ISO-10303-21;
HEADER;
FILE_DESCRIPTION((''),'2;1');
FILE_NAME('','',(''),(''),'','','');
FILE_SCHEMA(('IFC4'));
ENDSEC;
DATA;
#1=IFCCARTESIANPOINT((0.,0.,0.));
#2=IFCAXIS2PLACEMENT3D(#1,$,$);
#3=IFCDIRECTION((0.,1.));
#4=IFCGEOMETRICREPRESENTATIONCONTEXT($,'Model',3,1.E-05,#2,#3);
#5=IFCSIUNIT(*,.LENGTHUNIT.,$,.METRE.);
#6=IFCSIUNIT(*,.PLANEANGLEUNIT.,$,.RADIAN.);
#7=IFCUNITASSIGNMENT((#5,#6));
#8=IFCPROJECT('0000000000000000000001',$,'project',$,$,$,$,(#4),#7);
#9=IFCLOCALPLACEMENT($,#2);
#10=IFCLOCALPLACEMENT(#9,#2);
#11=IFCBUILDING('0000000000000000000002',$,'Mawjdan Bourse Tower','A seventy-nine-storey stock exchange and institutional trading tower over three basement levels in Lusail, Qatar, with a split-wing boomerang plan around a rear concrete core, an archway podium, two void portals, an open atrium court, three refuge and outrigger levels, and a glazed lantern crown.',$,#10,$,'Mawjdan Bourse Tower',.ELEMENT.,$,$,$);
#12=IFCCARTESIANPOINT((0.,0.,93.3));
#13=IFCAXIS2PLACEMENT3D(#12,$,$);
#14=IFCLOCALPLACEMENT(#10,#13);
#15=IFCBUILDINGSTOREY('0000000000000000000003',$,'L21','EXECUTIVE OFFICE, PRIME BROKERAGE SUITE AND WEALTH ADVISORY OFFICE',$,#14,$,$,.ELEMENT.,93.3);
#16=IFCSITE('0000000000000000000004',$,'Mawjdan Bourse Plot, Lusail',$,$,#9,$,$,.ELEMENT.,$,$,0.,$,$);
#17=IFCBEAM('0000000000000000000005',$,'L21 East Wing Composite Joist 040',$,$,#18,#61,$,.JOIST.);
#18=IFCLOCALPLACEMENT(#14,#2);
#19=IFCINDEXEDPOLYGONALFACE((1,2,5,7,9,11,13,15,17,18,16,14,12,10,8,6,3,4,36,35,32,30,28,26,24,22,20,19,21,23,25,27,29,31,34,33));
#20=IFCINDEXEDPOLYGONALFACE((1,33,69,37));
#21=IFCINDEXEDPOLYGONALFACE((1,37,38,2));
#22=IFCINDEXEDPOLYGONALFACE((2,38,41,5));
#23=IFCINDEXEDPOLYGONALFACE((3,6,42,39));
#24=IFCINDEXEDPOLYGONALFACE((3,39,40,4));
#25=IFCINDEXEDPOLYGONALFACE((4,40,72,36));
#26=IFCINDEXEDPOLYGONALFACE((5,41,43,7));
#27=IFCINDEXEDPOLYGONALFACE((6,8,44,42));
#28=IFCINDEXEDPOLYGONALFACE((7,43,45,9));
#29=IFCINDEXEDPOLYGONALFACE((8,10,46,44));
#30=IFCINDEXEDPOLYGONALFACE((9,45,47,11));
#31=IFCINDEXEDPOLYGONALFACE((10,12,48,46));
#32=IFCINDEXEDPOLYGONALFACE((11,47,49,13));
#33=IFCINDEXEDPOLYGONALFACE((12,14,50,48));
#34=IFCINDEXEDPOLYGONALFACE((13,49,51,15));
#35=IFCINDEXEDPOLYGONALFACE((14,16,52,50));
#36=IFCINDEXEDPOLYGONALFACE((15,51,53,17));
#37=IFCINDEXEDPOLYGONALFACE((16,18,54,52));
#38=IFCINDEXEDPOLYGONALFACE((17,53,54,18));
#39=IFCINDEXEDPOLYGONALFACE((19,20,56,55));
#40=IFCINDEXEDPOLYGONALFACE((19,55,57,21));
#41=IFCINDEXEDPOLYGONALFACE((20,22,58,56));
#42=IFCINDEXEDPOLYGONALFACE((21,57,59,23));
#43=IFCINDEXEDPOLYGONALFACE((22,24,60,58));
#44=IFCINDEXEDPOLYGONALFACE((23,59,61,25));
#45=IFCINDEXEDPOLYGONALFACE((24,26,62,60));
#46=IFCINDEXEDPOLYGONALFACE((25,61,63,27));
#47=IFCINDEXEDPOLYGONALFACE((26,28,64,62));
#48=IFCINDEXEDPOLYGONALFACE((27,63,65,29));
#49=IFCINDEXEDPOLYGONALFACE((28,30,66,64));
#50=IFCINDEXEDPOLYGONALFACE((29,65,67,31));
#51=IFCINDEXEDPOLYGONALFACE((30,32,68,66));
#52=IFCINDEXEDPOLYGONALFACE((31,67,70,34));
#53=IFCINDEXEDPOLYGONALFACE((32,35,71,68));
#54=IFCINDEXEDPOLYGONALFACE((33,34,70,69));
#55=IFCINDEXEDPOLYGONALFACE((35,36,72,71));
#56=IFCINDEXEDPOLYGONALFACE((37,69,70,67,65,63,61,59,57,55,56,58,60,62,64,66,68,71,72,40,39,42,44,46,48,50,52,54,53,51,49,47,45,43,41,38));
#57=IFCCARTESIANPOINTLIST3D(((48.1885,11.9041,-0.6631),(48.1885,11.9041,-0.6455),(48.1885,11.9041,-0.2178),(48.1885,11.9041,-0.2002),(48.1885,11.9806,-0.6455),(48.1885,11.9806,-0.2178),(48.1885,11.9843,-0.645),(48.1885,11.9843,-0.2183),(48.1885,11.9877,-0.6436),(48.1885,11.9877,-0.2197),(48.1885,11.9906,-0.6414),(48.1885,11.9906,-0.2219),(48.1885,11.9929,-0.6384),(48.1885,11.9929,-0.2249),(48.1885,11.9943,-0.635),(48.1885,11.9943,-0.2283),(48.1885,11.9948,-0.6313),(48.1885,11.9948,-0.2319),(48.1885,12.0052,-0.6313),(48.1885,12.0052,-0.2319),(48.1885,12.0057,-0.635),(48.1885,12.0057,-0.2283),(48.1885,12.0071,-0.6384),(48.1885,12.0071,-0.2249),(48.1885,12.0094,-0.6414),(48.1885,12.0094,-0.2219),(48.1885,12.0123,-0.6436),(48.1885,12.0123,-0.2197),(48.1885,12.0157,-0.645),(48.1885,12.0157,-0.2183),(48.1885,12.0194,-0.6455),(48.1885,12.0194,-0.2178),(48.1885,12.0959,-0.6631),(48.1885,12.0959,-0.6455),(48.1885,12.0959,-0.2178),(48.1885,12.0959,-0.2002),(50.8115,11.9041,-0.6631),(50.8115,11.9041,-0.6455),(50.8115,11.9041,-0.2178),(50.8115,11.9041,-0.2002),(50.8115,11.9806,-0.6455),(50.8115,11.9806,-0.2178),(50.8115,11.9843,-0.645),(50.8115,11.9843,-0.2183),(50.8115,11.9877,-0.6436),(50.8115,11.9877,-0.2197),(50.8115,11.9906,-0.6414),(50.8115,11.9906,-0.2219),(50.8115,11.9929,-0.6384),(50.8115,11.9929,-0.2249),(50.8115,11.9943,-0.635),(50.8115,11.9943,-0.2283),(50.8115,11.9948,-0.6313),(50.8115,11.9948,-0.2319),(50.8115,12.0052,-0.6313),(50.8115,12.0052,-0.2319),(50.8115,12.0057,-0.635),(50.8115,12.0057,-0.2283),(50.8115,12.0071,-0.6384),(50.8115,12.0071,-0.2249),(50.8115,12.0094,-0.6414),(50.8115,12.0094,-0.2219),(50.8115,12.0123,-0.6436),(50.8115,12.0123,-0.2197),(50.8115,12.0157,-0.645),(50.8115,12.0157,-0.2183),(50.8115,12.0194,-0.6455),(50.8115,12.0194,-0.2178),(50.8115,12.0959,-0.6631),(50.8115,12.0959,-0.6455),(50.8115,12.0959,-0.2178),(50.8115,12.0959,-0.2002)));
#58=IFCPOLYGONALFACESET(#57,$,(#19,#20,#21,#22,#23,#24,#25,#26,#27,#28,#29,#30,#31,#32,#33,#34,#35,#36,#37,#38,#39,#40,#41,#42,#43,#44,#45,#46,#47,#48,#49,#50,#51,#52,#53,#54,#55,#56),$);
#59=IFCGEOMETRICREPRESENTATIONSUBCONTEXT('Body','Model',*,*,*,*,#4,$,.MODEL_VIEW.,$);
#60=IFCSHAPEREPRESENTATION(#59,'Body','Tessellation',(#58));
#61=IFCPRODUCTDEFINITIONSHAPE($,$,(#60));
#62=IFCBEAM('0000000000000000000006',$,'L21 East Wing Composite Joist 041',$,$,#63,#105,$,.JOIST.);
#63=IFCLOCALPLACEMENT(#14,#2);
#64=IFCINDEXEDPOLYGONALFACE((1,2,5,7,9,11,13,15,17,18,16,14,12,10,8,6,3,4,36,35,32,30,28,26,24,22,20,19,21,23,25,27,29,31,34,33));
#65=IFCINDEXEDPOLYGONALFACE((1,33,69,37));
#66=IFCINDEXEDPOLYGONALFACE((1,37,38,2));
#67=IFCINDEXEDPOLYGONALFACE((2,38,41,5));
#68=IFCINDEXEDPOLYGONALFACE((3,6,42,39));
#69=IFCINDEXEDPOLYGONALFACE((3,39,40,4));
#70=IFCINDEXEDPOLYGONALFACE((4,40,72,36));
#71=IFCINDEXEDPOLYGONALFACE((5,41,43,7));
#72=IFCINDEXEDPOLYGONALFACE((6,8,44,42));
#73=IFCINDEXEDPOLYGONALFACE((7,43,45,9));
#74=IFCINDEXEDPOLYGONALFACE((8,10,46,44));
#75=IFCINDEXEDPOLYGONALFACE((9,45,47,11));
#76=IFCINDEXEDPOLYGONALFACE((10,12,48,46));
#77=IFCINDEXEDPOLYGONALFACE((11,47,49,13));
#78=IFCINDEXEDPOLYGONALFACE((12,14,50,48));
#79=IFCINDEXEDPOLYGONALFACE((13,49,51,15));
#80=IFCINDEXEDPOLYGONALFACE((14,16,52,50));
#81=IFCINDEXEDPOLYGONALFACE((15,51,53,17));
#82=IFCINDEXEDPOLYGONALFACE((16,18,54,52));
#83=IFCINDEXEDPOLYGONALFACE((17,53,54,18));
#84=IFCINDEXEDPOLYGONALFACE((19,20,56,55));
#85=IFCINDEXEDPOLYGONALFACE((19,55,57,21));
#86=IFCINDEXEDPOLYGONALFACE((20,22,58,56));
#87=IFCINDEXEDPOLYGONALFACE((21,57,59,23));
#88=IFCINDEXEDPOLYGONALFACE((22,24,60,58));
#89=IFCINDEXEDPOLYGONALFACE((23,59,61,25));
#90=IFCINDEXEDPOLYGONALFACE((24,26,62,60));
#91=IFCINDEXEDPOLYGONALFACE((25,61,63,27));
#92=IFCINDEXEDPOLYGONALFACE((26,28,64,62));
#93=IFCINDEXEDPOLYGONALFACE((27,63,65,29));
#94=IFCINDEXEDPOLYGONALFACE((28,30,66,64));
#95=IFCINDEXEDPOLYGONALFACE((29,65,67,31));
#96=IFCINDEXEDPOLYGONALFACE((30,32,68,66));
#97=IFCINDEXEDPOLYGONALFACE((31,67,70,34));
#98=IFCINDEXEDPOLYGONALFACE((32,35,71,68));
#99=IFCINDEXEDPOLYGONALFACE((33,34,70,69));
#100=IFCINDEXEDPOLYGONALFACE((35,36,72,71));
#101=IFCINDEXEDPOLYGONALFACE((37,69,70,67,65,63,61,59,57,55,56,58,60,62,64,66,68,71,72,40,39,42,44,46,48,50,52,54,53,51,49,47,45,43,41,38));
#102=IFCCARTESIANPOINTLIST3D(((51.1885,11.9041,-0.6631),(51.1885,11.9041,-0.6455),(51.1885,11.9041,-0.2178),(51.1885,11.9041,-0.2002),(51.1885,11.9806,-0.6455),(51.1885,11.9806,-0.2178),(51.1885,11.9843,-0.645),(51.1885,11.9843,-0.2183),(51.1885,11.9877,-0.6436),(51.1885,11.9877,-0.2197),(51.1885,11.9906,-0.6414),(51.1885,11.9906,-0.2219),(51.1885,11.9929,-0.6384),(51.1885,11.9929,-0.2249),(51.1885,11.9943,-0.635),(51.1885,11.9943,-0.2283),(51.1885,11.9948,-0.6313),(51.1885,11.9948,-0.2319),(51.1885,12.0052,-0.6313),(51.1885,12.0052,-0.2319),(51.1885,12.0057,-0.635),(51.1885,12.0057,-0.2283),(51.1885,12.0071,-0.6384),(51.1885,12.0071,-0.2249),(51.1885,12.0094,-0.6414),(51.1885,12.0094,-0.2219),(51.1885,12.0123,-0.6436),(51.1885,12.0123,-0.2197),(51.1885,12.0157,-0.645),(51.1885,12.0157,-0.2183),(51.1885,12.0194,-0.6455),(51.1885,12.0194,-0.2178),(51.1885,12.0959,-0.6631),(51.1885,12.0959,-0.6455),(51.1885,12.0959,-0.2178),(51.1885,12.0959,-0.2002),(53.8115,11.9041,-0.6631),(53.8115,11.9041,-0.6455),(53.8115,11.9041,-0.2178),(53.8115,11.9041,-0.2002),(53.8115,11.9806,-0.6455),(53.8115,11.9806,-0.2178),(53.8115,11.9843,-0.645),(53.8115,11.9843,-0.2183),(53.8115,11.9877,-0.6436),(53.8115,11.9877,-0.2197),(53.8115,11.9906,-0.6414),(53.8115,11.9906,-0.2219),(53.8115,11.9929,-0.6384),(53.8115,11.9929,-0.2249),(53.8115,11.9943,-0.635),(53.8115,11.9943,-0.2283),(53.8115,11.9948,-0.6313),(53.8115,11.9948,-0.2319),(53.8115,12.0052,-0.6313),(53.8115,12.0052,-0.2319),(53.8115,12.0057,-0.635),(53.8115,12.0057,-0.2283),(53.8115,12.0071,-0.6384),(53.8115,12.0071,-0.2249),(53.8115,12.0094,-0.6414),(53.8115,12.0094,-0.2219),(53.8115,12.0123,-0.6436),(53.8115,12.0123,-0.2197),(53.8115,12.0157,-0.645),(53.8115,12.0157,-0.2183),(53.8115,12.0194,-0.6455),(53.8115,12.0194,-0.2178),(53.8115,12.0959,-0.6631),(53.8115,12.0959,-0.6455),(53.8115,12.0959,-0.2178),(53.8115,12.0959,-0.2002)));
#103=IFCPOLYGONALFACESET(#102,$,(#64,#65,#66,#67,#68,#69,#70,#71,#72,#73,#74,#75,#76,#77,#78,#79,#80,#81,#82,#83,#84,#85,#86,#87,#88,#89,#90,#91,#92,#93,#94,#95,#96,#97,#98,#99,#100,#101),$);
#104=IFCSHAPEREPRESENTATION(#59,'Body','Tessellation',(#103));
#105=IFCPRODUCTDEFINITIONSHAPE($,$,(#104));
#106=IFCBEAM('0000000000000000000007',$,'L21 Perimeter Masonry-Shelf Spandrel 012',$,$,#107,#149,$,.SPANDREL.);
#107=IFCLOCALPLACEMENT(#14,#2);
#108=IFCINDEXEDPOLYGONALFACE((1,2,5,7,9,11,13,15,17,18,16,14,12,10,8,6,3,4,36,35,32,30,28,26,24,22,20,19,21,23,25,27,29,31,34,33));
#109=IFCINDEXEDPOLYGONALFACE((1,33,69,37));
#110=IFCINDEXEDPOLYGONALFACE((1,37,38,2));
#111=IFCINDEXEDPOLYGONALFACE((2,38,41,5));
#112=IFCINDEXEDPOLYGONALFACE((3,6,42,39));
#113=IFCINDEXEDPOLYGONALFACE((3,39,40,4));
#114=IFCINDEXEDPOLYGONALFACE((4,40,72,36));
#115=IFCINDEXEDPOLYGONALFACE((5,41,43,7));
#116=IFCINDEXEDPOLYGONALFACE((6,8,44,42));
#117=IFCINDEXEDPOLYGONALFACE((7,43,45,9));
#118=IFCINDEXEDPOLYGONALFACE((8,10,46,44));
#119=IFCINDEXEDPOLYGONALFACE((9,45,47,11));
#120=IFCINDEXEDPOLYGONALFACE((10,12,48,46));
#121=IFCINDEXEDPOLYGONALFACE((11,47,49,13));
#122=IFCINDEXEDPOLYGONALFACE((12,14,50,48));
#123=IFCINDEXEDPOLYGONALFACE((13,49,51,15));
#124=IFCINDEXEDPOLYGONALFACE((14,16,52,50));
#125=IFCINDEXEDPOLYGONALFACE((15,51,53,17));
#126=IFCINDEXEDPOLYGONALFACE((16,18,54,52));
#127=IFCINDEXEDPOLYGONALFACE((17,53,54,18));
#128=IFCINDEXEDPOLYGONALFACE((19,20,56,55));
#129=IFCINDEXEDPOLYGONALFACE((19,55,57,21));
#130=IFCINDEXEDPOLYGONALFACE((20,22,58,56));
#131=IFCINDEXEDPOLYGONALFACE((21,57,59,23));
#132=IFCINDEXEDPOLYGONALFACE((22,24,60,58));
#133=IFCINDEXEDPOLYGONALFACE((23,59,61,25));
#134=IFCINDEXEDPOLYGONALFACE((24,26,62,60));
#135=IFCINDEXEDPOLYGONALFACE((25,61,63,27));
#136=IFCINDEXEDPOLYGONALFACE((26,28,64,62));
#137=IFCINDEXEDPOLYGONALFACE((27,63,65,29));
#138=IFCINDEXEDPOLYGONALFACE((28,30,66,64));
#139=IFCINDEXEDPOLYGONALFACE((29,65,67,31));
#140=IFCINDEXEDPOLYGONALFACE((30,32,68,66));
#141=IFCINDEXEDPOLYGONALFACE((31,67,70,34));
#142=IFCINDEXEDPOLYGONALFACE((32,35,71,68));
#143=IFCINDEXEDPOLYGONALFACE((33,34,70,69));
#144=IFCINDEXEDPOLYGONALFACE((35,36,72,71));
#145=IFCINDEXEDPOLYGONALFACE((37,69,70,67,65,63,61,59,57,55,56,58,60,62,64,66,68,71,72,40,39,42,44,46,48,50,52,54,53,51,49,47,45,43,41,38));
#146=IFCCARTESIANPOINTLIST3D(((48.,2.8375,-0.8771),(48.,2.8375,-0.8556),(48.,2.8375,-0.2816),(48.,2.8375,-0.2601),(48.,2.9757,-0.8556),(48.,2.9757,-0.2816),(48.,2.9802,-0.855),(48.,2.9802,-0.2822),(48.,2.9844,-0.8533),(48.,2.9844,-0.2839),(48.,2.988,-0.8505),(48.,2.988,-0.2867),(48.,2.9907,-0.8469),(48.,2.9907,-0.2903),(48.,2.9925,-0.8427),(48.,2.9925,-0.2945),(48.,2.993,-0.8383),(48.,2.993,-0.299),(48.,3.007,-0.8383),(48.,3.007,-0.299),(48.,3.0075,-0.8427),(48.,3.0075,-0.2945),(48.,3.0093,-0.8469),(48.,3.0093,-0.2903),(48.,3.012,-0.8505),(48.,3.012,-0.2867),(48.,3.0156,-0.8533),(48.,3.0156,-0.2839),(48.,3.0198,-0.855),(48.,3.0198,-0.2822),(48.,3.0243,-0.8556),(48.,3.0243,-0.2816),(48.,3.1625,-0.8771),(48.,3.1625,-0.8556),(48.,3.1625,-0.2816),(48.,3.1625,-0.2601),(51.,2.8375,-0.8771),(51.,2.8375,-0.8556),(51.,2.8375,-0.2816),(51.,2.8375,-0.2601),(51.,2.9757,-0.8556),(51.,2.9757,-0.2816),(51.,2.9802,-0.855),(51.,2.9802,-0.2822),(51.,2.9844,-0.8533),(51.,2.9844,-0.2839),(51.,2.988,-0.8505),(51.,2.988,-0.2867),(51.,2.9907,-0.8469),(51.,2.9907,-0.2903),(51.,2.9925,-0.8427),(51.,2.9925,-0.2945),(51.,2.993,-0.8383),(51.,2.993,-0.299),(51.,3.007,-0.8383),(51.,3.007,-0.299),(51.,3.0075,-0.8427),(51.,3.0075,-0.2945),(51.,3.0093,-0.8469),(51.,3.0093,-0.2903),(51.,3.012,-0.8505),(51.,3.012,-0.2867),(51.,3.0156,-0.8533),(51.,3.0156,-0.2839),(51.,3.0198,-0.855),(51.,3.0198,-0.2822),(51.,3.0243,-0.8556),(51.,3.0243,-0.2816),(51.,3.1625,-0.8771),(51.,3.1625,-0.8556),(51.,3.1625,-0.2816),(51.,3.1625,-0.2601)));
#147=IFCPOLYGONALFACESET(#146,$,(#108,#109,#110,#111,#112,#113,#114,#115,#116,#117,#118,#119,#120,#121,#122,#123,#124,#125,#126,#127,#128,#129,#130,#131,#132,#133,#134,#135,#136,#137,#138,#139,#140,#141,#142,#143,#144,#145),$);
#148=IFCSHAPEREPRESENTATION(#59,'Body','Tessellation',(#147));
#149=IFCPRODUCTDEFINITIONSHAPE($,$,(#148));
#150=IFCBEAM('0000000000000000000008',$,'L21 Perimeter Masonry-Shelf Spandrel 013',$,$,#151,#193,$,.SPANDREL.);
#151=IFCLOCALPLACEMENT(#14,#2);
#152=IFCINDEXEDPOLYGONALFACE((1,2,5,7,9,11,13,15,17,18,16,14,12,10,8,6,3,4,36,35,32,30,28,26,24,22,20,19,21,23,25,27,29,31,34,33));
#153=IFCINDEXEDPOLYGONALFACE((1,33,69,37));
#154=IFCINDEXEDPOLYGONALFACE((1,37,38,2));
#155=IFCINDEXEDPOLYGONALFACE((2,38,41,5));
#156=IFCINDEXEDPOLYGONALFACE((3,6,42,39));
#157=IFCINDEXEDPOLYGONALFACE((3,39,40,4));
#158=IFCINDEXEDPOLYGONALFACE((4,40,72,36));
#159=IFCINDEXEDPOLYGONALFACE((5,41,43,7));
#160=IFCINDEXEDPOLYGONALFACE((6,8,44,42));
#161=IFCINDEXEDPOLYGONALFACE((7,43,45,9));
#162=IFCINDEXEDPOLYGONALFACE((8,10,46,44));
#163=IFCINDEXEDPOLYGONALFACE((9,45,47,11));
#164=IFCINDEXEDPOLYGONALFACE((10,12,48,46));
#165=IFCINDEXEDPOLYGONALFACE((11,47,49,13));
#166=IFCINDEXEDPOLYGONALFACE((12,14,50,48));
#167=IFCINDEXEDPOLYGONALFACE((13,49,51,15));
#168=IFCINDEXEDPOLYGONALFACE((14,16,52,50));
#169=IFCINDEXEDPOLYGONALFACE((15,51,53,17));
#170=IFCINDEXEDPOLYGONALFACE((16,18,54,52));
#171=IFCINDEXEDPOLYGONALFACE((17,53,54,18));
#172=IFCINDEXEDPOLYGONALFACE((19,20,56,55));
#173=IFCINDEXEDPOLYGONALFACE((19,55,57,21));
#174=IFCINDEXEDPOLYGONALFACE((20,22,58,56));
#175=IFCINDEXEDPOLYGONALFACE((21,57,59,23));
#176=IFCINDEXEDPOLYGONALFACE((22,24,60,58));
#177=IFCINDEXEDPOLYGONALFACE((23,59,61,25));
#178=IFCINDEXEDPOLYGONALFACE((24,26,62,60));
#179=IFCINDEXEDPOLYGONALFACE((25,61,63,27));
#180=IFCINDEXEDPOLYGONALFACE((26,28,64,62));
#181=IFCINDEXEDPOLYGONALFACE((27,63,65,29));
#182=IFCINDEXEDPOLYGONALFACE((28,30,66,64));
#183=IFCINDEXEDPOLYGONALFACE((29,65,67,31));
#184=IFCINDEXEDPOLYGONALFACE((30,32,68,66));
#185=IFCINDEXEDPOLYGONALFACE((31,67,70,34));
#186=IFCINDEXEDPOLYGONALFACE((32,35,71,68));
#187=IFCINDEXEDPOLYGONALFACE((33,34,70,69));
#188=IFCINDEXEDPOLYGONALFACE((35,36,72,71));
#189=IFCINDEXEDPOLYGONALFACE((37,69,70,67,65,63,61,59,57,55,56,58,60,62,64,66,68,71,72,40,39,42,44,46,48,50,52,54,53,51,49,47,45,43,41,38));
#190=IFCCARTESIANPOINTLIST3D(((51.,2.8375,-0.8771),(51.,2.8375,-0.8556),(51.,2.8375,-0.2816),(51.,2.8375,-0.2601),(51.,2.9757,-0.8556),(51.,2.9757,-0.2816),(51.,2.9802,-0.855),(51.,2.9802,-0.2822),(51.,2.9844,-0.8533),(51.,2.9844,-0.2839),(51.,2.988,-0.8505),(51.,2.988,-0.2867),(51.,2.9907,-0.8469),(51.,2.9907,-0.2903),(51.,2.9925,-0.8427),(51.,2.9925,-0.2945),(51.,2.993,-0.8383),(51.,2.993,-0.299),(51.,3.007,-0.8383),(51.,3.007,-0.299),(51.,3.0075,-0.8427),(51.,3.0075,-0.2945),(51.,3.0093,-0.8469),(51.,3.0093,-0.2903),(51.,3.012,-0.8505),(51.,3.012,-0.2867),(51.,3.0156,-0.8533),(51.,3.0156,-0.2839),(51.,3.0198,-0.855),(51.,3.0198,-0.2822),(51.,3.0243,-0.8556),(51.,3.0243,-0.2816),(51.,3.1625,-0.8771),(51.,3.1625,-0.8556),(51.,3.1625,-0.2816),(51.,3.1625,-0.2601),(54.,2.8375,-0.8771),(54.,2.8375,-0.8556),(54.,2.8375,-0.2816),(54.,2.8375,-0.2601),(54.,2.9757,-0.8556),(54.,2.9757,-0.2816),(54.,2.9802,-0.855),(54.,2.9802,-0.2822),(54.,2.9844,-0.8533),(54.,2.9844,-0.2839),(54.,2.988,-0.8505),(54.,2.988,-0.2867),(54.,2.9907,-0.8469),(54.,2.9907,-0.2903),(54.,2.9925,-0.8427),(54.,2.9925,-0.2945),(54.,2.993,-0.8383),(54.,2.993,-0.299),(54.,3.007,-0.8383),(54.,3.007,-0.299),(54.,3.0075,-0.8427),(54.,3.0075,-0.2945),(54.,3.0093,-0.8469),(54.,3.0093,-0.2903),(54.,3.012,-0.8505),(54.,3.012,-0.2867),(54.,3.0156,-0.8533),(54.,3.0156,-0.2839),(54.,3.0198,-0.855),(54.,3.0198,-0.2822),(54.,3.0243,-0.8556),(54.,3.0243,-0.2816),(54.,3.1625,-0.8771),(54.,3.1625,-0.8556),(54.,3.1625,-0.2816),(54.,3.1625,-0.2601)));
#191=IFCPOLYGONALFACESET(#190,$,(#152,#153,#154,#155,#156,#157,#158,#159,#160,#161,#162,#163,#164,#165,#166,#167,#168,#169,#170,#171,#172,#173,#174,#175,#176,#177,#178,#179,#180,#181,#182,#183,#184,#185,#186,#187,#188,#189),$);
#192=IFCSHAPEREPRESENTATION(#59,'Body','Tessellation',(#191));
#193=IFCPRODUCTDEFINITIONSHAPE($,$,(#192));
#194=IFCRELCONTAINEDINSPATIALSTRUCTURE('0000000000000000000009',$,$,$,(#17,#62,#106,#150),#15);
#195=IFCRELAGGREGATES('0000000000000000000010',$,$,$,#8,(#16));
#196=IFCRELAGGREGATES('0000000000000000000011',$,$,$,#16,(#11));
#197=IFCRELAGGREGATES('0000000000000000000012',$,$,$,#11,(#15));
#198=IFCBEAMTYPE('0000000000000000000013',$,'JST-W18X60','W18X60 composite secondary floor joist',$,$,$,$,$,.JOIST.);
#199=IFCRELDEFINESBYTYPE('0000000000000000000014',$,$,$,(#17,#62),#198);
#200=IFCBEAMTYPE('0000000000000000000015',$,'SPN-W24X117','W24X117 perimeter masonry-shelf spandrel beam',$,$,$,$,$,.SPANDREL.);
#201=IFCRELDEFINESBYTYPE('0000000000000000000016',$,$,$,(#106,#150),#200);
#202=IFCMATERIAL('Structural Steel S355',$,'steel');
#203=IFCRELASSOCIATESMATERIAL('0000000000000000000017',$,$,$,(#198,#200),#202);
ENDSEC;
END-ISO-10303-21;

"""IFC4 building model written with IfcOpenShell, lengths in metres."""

from ifc_helpers import new_model, si_unit, direction, frame, origin, origin_2d, place, context, subcontext, project, spatial, i_section, extrude, material, material_profile, profile_set, type_object, element, save


model = new_model("IFC4")

# Units and contexts
model_context = context("Model", 3, precision=1e-05, world=origin(), true_north=direction((0.0, 1.0)))
body_context = subcontext(model_context, "Body", "Model", "MODEL_VIEW")
ifc_project = project(units=[si_unit("LENGTHUNIT", "METRE"), si_unit("PLANEANGLEUNIT", "RADIAN")], contexts=[model_context])

# Site, building, storey
site_placement = place(None, origin())
site = spatial("IfcSite", under=ifc_project, at=site_placement, Name="Mawjdan Bourse Plot, Lusail", CompositionType="ELEMENT", RefElevation=0.0)
building_placement = place(site_placement, origin())
building = spatial("IfcBuilding", under=site, at=building_placement, Name="Mawjdan Bourse Tower", Description="A seventy-nine-storey stock exchange and institutional trading tower over three basement levels in Lusail, Qatar, with a split-wing boomerang plan around a rear concrete core, an archway podium, two void portals, an open atrium court, three refuge and outrigger levels, and a glazed lantern crown.", LongName="Mawjdan Bourse Tower", CompositionType="ELEMENT")
storey_placement = place(building_placement, frame((0.0, 0.0, 93.3)))
storey = spatial("IfcBuildingStorey", under=building, at=storey_placement, Name="L21", Description="EXECUTIVE OFFICE, PRIME BROKERAGE SUITE AND WEALTH ADVISORY OFFICE", CompositionType="ELEMENT", Elevation=93.3)

# Beams
ifc_material_1 = material(Name="Structural Steel S355", Category="steel")
ifc_material_profile_1 = material_profile(ifc_material_1, i_section(OverallWidth=0.1919, OverallDepth=0.4629, WebThickness=0.0105, FlangeThickness=0.0176, FilletRadius=0.0142, at=origin_2d()), Name="W18X60")
ifc_profile_set_1 = profile_set([ifc_material_profile_1], Name="Structural Steel S355")
beam_type_1 = type_object("IfcBeamType", Name="JST-W18X60", Description="W18X60 composite secondary floor joist", PredefinedType="JOIST", material=ifc_profile_set_1)
for number, where, z_axis, x_axis, name in (
    (1, (48.1885, 12.0, -0.4316), (1.0, 0.0, 0.0), (0.0, 1.0, 0.0), "L21 East Wing Composite Joist 040"),
    (2, (51.1885, 12.0, -0.4316), (1.0, 0.0, 0.0), (0.0, 1.0, 0.0), "L21 East Wing Composite Joist 041"),
):
    element("IfcBeam", number, at=place(storey_placement, frame(where, z_axis=z_axis, x_axis=x_axis)), inside=storey, type_object=beam_type_1, Name=name, PredefinedType="JOIST", context=body_context, shape_type="SweptSolid", body=[
        extrude(i_section(OverallWidth=0.1919, OverallDepth=0.4629, WebThickness=0.0105, FlangeThickness=0.0176, FilletRadius=0.0142, at=origin_2d()), origin(), (0.0, 0.0, 1.0), 2.623),
    ])
ifc_material_profile_2 = material_profile(ifc_material_1, i_section(OverallWidth=0.325, OverallDepth=0.6169, WebThickness=0.0139, FlangeThickness=0.0215, FilletRadius=0.0173, at=origin_2d()), Name="W24X117")
ifc_profile_set_2 = profile_set([ifc_material_profile_2], Name="Structural Steel S355")
beam_type_2 = type_object("IfcBeamType", Name="SPN-W24X117", Description="W24X117 perimeter masonry-shelf spandrel beam", PredefinedType="SPANDREL", material=ifc_profile_set_2)
for number, where, z_axis, x_axis, name in (
    (3, (48.0, 3.0, -0.5686), (1.0, 0.0, 0.0), (0.0, 1.0, 0.0), "L21 Perimeter Masonry-Shelf Spandrel 012"),
    (4, (51.0, 3.0, -0.5686), (1.0, 0.0, 0.0), (0.0, 1.0, 0.0), "L21 Perimeter Masonry-Shelf Spandrel 013"),
):
    element("IfcBeam", number, at=place(storey_placement, frame(where, z_axis=z_axis, x_axis=x_axis)), inside=storey, type_object=beam_type_2, Name=name, PredefinedType="SPANDREL", context=body_context, shape_type="SweptSolid", body=[
        extrude(i_section(OverallWidth=0.325, OverallDepth=0.6169, WebThickness=0.0139, FlangeThickness=0.0215, FilletRadius=0.0173, at=origin_2d()), origin(), (0.0, 0.0, 1.0), 3.0),
    ])

save(model, "model.ifc")
